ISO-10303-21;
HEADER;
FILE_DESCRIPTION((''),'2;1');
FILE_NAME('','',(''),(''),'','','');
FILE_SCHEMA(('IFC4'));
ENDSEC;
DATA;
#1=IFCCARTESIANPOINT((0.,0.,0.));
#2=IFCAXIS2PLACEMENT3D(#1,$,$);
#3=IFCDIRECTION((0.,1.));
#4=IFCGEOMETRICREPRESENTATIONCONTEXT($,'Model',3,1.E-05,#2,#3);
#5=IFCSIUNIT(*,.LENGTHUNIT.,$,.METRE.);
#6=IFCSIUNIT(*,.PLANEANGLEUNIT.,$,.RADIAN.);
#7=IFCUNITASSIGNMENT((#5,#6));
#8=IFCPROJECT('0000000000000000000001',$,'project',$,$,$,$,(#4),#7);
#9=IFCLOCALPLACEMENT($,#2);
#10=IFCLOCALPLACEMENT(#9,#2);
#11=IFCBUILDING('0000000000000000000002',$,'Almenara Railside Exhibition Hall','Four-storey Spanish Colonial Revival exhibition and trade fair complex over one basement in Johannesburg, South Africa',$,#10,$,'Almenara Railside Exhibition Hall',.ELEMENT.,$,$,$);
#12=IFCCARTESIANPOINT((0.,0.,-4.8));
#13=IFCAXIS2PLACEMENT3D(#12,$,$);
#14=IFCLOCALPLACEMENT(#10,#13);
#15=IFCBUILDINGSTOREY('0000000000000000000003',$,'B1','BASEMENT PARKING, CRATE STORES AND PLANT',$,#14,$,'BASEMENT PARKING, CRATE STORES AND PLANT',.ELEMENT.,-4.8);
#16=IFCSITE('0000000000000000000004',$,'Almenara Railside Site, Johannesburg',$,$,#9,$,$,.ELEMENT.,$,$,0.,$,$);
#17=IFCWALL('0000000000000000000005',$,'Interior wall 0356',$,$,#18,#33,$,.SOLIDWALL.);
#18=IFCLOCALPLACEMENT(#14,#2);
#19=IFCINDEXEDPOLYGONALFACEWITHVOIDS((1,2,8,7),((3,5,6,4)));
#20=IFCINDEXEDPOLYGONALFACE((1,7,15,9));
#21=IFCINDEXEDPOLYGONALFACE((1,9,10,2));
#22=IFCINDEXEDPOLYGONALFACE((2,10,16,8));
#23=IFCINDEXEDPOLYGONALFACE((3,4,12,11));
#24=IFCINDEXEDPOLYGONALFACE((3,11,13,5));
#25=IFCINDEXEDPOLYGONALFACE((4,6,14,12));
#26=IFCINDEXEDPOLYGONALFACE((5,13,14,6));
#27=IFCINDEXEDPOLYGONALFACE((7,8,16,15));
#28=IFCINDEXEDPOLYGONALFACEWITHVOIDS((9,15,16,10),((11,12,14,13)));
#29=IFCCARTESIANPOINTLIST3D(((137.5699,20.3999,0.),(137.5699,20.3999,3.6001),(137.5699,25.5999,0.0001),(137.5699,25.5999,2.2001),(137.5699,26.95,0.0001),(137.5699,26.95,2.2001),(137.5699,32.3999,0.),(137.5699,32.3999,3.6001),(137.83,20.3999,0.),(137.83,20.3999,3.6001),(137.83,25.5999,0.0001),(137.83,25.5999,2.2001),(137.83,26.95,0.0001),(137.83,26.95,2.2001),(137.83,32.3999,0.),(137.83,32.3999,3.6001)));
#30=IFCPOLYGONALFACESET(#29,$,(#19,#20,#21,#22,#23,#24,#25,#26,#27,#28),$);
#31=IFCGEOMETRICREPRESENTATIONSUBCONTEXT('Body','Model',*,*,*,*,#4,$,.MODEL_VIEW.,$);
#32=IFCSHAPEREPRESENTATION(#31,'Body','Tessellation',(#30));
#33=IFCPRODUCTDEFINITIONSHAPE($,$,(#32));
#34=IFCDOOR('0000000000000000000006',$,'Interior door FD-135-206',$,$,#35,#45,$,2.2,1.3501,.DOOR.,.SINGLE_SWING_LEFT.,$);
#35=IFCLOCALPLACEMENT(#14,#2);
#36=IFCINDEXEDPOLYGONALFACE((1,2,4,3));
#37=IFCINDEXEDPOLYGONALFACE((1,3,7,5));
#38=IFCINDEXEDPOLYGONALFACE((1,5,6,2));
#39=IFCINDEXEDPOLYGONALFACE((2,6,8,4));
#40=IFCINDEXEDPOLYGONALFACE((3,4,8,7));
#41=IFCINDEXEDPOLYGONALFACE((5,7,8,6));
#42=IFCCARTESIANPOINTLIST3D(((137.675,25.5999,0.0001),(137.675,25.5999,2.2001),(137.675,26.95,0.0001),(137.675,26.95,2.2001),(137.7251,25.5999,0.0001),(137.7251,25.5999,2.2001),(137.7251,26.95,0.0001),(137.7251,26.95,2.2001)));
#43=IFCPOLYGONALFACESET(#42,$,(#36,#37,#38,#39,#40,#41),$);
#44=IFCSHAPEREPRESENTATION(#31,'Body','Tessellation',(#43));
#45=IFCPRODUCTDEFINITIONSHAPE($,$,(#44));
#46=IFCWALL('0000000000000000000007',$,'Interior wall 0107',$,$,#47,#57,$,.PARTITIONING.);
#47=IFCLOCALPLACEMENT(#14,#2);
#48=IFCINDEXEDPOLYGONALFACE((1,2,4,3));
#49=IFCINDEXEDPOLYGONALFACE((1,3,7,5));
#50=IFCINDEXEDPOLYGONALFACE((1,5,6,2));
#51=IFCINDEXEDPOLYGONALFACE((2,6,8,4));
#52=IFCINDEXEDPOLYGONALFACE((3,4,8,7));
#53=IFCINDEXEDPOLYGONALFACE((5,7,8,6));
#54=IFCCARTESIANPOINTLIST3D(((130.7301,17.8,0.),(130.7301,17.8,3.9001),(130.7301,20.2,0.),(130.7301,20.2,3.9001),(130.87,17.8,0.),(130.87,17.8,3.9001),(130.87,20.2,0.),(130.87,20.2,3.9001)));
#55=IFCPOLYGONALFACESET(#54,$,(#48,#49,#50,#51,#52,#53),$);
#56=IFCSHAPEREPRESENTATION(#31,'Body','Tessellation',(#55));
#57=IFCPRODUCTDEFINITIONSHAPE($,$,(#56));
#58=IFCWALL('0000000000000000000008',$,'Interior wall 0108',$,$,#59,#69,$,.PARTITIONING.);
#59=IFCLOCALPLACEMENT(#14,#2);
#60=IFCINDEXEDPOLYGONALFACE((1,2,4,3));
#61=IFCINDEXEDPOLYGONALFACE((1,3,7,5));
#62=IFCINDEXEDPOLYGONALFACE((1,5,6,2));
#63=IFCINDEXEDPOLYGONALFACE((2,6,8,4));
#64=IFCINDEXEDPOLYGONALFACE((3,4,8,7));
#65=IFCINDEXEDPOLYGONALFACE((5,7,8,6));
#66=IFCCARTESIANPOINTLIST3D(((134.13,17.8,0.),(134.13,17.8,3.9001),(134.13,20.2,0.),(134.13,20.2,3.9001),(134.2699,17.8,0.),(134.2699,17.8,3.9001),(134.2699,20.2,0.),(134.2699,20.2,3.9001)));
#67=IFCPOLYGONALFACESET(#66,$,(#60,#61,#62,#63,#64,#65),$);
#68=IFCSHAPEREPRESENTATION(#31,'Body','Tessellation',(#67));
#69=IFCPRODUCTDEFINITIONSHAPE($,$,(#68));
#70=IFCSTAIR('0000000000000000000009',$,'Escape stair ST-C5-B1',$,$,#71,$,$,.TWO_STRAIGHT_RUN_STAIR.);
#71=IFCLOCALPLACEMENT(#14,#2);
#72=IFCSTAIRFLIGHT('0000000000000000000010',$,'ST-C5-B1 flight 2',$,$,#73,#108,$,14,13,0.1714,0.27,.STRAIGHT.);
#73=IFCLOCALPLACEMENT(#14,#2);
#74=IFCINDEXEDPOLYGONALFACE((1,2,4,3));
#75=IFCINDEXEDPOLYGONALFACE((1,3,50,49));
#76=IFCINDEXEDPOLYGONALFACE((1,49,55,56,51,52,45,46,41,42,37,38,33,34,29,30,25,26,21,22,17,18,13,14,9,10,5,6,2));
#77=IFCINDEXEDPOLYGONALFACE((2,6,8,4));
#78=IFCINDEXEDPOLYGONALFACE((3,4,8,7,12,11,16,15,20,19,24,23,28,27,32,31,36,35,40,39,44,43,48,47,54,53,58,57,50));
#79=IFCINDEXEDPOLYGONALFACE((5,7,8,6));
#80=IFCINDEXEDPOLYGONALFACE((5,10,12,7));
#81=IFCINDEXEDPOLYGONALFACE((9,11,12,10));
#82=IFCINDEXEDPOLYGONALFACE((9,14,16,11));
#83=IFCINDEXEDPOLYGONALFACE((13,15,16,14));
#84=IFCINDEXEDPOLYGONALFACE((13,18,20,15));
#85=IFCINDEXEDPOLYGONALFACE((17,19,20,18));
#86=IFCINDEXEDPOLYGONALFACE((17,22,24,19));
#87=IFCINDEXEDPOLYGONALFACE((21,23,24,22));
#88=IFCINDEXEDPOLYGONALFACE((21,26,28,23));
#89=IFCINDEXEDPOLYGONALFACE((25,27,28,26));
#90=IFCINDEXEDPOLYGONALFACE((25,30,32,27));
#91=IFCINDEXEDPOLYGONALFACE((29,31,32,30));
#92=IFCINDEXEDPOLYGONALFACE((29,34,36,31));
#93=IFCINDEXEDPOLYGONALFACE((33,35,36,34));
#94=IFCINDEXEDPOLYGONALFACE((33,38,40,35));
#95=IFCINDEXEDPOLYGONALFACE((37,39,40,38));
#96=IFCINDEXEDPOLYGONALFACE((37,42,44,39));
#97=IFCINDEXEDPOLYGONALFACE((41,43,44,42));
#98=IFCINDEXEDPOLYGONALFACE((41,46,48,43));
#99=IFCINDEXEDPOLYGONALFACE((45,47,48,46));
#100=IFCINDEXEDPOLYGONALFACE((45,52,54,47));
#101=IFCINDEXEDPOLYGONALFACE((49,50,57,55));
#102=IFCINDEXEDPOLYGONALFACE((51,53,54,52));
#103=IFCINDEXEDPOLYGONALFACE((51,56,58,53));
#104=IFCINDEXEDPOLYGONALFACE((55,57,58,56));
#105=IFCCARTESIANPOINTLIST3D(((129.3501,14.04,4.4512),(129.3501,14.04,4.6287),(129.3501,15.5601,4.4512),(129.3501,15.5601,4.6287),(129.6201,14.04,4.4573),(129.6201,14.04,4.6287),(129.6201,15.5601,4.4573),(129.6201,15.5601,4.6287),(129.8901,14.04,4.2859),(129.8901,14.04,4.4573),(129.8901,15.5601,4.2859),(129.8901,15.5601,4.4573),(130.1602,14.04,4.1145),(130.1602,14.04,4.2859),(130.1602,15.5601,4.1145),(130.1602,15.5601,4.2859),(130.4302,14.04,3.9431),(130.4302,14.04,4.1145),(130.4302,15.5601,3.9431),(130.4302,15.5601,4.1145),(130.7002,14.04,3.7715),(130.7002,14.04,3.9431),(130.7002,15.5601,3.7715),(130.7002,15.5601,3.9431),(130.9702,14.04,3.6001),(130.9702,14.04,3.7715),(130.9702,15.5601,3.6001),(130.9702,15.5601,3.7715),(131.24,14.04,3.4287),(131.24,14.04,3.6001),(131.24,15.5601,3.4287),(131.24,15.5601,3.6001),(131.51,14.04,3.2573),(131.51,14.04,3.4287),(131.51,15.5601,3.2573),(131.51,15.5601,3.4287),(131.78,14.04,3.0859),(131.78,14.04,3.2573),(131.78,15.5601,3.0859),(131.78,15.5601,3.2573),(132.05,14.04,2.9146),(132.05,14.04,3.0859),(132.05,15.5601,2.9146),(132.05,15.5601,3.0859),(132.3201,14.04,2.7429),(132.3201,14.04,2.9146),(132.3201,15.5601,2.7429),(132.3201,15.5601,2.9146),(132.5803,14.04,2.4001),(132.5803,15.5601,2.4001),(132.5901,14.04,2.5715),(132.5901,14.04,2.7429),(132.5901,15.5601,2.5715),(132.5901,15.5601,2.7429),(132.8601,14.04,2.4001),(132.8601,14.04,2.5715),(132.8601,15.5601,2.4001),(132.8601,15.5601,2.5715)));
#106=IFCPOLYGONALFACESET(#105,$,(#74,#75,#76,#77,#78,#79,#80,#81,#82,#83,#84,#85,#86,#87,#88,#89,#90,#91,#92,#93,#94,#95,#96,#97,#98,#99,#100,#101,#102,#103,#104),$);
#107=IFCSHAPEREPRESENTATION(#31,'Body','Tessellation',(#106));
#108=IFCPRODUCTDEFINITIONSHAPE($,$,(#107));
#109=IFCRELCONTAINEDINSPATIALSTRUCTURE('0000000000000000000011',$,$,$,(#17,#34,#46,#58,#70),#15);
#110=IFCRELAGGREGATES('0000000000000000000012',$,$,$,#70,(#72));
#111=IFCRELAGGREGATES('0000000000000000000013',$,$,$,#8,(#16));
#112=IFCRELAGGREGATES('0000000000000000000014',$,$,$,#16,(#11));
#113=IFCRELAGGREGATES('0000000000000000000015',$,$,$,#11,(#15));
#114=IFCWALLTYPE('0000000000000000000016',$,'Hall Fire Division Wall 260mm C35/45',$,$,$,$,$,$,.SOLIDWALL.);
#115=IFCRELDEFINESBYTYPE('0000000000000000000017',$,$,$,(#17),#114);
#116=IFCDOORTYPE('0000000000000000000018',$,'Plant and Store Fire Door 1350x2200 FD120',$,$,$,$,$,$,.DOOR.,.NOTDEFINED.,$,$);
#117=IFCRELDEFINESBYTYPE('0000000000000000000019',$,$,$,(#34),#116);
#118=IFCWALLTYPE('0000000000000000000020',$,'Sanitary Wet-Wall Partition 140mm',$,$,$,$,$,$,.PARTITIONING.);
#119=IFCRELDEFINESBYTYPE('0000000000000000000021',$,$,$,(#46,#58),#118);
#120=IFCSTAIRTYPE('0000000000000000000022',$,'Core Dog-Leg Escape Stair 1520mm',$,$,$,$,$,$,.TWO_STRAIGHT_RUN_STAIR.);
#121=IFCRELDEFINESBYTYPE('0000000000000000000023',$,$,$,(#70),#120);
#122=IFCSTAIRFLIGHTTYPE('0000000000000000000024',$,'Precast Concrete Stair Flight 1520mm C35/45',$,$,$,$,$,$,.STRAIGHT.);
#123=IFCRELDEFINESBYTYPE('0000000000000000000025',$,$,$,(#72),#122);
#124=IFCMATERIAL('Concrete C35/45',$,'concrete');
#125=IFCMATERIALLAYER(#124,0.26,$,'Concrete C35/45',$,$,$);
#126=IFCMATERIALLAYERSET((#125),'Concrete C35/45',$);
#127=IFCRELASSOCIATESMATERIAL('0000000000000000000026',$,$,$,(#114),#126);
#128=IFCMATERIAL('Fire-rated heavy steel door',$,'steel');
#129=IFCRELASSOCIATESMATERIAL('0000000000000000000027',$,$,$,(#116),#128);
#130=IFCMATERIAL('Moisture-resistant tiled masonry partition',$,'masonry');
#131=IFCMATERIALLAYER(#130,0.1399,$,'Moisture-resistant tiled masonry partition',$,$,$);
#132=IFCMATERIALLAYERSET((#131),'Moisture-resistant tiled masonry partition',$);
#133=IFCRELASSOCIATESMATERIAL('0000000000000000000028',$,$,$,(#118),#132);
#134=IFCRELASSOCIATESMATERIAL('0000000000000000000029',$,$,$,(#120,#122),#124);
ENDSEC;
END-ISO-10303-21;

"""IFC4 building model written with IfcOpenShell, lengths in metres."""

from ifc_helpers import new_model, si_unit, direction, frame, frame_2d, origin, place, context, subcontext, project, spatial, polyline, rectangle, outline, extrude, material, layer, layer_set, type_object, element, fill, aggregate, save


model = new_model("IFC4")

# Units and contexts
model_context = context("Model", 3, precision=1e-05, world=origin(), true_north=direction((0.0, 1.0)))
body_context = subcontext(model_context, "Body", "Model", "MODEL_VIEW")
ifc_project = project(units=[si_unit("LENGTHUNIT", "METRE"), si_unit("PLANEANGLEUNIT", "RADIAN")], contexts=[model_context])

# Site, building, storey
site_placement = place(None, origin())
site = spatial("IfcSite", under=ifc_project, at=site_placement, Name="Almenara Railside Site, Johannesburg", CompositionType="ELEMENT", RefElevation=0.0)
building_placement = place(site_placement, origin())
building = spatial("IfcBuilding", under=site, at=building_placement, Name="Almenara Railside Exhibition Hall", Description="Four-storey Spanish Colonial Revival exhibition and trade fair complex over one basement in Johannesburg, South Africa", LongName="Almenara Railside Exhibition Hall", CompositionType="ELEMENT")
storey_placement = place(building_placement, frame((0.0, 0.0, -4.8)))
storey = spatial("IfcBuildingStorey", under=building, at=storey_placement, Name="B1", Description="BASEMENT PARKING, CRATE STORES AND PLANT", LongName="BASEMENT PARKING, CRATE STORES AND PLANT", CompositionType="ELEMENT", Elevation=-4.8)

# Shared definitions
ifc_material_1 = material(Name="Concrete C35/45", Category="concrete")

# Wall, opening, door
ifc_layer_1 = layer(ifc_material_1, 0.26, Name="Concrete C35/45")
ifc_layer_set_1 = layer_set([ifc_layer_1], Name="Concrete C35/45")
wall_type_1 = type_object("IfcWallType", Name="Hall Fire Division Wall 260mm C35/45", PredefinedType="SOLIDWALL", material=ifc_layer_set_1)
wall_1_placement = place(storey_placement, frame((137.7, 20.3999, 0.0), z_axis=(0.0, 0.0, 1.0), x_axis=(0.0, 1.0, 0.0)))
wall_1 = element("IfcWall", 1, at=wall_1_placement, inside=storey, type_object=wall_type_1, Name="Interior wall 0356", PredefinedType="SOLIDWALL", context=body_context, shape_type="SweptSolid", body=[
    extrude(rectangle(XDim=12.0, YDim=0.26, at=frame_2d((6.0, 0.0))), origin(), (0.0, 0.0, 1.0), 3.6001),
])
opening_placement = place(wall_1_placement, frame((5.2, 0.0, 0.0)))
opening = element("IfcOpeningElement", 2, at=opening_placement, cuts=wall_1, PredefinedType="OPENING", context=body_context, shape_type="SweptSolid", body=[
    extrude(rectangle(XDim=1.3501, YDim=2.2, at=frame_2d((0.675, 1.1001))), frame((0.0, 0.1399, 0.0), z_axis=(0.0, -1.0, 0.0), x_axis=(1.0, 0.0, 0.0)), (0.0, 0.0, 1.0), 0.28),
])
ifc_material_2 = material(Name="Fire-rated heavy steel door", Category="steel")
door_type = type_object("IfcDoorType", Name="Plant and Store Fire Door 1350x2200 FD120", OperationType="NOTDEFINED", PredefinedType="DOOR", material=ifc_material_2)
door_placement = place(opening_placement, origin())
door = element("IfcDoor", 3, at=door_placement, inside=storey, type_object=door_type, Name="Interior door FD-135-206", OperationType="SINGLE_SWING_LEFT", OverallHeight=2.2, OverallWidth=1.3501, PredefinedType="DOOR", context=body_context, shape_type="SweptSolid", body=[
    extrude(rectangle(XDim=1.3501, YDim=2.2, at=frame_2d((0.675, 1.1001))), frame((0.0, 0.0249, 0.0), z_axis=(0.0, -1.0, 0.0), x_axis=(1.0, 0.0, 0.0)), (0.0, 0.0, 1.0), 0.05),
])
fill(opening, door)

# Walls
ifc_material_3 = material(Name="Moisture-resistant tiled masonry partition", Category="masonry")
ifc_layer_2 = layer(ifc_material_3, 0.1399, Name="Moisture-resistant tiled masonry partition")
ifc_layer_set_2 = layer_set([ifc_layer_2], Name="Moisture-resistant tiled masonry partition")
wall_type_2 = type_object("IfcWallType", Name="Sanitary Wet-Wall Partition 140mm", PredefinedType="PARTITIONING", material=ifc_layer_set_2)
for number, where, z_axis, x_axis, name in (
    (4, (130.8, 17.8, 0.0), (0.0, 0.0, 1.0), (0.0, 1.0, 0.0), "Interior wall 0107"),
    (5, (134.2, 17.8, 0.0), (0.0, 0.0, 1.0), (0.0, 1.0, 0.0), "Interior wall 0108"),
):
    element("IfcWall", number, at=place(storey_placement, frame(where, z_axis=z_axis, x_axis=x_axis)), inside=storey, type_object=wall_type_2, Name=name, PredefinedType="PARTITIONING", context=body_context, shape_type="SweptSolid", body=[
        extrude(rectangle(XDim=2.3999, YDim=0.1399, at=frame_2d((1.2, 0.0))), origin(), (0.0, 0.0, 1.0), 3.9001),
    ])

# Stair, stair flight
stair_type = type_object("IfcStairType", Name="Core Dog-Leg Escape Stair 1520mm", PredefinedType="TWO_STRAIGHT_RUN_STAIR", material=ifc_material_1)
stair_placement = place(storey_placement, origin())
stair = element("IfcStair", 6, at=stair_placement, inside=storey, type_object=stair_type, Name="Escape stair ST-C5-B1", PredefinedType="TWO_STRAIGHT_RUN_STAIR")
stair_flight_type = type_object("IfcStairFlightType", Name="Precast Concrete Stair Flight 1520mm C35/45", PredefinedType="STRAIGHT", material=ifc_material_1)
stair_flight_placement = place(storey_placement, frame((132.8601, 14.8, 2.4001), z_axis=(0.0, 0.0, 1.0), x_axis=(-1.0, 0.0, 0.0)))
stair_flight = element("IfcStairFlight", 7, at=stair_flight_placement, type_object=stair_flight_type, Name="ST-C5-B1 flight 2", NumberOfRisers=14, NumberOfTreads=13, PredefinedType="STRAIGHT", RiserHeight=0.1714, TreadLength=0.27, context=body_context, shape_type="SweptSolid", body=[
    extrude(outline(polyline([(0.0, 0.0), (0.0, 0.1714), (0.27, 0.1714), (0.27, 0.3428), (0.54, 0.3428), (0.54, 0.5144), (0.8101, 0.5144), (0.8101, 0.6858), (1.0801, 0.6858), (1.0801, 0.8572), (1.3501, 0.8572), (1.3501, 1.0286), (1.6201, 1.0286), (1.6201, 1.2), (1.8899, 1.2), (1.8899, 1.3713), (2.1599, 1.3713), (2.1599, 1.543), (2.4299, 1.543), (2.4299, 1.7144), (2.7, 1.7144), (2.7, 1.8857), (2.97, 1.8857), (2.97, 2.0571), (3.24, 2.0571), (3.24, 2.2285), (3.51, 2.2285), (3.51, 2.3999), (3.51, 2.051), (0.2798, 0.0), (0.0, 0.0)])), frame((0.0, 0.76, 0.0), z_axis=(0.0, -1.0, 0.0), x_axis=(1.0, 0.0, 0.0)), (0.0, 0.0, 1.0), 1.52),
])
aggregate(stair, [stair_flight])

save(model, "model.ifc")
